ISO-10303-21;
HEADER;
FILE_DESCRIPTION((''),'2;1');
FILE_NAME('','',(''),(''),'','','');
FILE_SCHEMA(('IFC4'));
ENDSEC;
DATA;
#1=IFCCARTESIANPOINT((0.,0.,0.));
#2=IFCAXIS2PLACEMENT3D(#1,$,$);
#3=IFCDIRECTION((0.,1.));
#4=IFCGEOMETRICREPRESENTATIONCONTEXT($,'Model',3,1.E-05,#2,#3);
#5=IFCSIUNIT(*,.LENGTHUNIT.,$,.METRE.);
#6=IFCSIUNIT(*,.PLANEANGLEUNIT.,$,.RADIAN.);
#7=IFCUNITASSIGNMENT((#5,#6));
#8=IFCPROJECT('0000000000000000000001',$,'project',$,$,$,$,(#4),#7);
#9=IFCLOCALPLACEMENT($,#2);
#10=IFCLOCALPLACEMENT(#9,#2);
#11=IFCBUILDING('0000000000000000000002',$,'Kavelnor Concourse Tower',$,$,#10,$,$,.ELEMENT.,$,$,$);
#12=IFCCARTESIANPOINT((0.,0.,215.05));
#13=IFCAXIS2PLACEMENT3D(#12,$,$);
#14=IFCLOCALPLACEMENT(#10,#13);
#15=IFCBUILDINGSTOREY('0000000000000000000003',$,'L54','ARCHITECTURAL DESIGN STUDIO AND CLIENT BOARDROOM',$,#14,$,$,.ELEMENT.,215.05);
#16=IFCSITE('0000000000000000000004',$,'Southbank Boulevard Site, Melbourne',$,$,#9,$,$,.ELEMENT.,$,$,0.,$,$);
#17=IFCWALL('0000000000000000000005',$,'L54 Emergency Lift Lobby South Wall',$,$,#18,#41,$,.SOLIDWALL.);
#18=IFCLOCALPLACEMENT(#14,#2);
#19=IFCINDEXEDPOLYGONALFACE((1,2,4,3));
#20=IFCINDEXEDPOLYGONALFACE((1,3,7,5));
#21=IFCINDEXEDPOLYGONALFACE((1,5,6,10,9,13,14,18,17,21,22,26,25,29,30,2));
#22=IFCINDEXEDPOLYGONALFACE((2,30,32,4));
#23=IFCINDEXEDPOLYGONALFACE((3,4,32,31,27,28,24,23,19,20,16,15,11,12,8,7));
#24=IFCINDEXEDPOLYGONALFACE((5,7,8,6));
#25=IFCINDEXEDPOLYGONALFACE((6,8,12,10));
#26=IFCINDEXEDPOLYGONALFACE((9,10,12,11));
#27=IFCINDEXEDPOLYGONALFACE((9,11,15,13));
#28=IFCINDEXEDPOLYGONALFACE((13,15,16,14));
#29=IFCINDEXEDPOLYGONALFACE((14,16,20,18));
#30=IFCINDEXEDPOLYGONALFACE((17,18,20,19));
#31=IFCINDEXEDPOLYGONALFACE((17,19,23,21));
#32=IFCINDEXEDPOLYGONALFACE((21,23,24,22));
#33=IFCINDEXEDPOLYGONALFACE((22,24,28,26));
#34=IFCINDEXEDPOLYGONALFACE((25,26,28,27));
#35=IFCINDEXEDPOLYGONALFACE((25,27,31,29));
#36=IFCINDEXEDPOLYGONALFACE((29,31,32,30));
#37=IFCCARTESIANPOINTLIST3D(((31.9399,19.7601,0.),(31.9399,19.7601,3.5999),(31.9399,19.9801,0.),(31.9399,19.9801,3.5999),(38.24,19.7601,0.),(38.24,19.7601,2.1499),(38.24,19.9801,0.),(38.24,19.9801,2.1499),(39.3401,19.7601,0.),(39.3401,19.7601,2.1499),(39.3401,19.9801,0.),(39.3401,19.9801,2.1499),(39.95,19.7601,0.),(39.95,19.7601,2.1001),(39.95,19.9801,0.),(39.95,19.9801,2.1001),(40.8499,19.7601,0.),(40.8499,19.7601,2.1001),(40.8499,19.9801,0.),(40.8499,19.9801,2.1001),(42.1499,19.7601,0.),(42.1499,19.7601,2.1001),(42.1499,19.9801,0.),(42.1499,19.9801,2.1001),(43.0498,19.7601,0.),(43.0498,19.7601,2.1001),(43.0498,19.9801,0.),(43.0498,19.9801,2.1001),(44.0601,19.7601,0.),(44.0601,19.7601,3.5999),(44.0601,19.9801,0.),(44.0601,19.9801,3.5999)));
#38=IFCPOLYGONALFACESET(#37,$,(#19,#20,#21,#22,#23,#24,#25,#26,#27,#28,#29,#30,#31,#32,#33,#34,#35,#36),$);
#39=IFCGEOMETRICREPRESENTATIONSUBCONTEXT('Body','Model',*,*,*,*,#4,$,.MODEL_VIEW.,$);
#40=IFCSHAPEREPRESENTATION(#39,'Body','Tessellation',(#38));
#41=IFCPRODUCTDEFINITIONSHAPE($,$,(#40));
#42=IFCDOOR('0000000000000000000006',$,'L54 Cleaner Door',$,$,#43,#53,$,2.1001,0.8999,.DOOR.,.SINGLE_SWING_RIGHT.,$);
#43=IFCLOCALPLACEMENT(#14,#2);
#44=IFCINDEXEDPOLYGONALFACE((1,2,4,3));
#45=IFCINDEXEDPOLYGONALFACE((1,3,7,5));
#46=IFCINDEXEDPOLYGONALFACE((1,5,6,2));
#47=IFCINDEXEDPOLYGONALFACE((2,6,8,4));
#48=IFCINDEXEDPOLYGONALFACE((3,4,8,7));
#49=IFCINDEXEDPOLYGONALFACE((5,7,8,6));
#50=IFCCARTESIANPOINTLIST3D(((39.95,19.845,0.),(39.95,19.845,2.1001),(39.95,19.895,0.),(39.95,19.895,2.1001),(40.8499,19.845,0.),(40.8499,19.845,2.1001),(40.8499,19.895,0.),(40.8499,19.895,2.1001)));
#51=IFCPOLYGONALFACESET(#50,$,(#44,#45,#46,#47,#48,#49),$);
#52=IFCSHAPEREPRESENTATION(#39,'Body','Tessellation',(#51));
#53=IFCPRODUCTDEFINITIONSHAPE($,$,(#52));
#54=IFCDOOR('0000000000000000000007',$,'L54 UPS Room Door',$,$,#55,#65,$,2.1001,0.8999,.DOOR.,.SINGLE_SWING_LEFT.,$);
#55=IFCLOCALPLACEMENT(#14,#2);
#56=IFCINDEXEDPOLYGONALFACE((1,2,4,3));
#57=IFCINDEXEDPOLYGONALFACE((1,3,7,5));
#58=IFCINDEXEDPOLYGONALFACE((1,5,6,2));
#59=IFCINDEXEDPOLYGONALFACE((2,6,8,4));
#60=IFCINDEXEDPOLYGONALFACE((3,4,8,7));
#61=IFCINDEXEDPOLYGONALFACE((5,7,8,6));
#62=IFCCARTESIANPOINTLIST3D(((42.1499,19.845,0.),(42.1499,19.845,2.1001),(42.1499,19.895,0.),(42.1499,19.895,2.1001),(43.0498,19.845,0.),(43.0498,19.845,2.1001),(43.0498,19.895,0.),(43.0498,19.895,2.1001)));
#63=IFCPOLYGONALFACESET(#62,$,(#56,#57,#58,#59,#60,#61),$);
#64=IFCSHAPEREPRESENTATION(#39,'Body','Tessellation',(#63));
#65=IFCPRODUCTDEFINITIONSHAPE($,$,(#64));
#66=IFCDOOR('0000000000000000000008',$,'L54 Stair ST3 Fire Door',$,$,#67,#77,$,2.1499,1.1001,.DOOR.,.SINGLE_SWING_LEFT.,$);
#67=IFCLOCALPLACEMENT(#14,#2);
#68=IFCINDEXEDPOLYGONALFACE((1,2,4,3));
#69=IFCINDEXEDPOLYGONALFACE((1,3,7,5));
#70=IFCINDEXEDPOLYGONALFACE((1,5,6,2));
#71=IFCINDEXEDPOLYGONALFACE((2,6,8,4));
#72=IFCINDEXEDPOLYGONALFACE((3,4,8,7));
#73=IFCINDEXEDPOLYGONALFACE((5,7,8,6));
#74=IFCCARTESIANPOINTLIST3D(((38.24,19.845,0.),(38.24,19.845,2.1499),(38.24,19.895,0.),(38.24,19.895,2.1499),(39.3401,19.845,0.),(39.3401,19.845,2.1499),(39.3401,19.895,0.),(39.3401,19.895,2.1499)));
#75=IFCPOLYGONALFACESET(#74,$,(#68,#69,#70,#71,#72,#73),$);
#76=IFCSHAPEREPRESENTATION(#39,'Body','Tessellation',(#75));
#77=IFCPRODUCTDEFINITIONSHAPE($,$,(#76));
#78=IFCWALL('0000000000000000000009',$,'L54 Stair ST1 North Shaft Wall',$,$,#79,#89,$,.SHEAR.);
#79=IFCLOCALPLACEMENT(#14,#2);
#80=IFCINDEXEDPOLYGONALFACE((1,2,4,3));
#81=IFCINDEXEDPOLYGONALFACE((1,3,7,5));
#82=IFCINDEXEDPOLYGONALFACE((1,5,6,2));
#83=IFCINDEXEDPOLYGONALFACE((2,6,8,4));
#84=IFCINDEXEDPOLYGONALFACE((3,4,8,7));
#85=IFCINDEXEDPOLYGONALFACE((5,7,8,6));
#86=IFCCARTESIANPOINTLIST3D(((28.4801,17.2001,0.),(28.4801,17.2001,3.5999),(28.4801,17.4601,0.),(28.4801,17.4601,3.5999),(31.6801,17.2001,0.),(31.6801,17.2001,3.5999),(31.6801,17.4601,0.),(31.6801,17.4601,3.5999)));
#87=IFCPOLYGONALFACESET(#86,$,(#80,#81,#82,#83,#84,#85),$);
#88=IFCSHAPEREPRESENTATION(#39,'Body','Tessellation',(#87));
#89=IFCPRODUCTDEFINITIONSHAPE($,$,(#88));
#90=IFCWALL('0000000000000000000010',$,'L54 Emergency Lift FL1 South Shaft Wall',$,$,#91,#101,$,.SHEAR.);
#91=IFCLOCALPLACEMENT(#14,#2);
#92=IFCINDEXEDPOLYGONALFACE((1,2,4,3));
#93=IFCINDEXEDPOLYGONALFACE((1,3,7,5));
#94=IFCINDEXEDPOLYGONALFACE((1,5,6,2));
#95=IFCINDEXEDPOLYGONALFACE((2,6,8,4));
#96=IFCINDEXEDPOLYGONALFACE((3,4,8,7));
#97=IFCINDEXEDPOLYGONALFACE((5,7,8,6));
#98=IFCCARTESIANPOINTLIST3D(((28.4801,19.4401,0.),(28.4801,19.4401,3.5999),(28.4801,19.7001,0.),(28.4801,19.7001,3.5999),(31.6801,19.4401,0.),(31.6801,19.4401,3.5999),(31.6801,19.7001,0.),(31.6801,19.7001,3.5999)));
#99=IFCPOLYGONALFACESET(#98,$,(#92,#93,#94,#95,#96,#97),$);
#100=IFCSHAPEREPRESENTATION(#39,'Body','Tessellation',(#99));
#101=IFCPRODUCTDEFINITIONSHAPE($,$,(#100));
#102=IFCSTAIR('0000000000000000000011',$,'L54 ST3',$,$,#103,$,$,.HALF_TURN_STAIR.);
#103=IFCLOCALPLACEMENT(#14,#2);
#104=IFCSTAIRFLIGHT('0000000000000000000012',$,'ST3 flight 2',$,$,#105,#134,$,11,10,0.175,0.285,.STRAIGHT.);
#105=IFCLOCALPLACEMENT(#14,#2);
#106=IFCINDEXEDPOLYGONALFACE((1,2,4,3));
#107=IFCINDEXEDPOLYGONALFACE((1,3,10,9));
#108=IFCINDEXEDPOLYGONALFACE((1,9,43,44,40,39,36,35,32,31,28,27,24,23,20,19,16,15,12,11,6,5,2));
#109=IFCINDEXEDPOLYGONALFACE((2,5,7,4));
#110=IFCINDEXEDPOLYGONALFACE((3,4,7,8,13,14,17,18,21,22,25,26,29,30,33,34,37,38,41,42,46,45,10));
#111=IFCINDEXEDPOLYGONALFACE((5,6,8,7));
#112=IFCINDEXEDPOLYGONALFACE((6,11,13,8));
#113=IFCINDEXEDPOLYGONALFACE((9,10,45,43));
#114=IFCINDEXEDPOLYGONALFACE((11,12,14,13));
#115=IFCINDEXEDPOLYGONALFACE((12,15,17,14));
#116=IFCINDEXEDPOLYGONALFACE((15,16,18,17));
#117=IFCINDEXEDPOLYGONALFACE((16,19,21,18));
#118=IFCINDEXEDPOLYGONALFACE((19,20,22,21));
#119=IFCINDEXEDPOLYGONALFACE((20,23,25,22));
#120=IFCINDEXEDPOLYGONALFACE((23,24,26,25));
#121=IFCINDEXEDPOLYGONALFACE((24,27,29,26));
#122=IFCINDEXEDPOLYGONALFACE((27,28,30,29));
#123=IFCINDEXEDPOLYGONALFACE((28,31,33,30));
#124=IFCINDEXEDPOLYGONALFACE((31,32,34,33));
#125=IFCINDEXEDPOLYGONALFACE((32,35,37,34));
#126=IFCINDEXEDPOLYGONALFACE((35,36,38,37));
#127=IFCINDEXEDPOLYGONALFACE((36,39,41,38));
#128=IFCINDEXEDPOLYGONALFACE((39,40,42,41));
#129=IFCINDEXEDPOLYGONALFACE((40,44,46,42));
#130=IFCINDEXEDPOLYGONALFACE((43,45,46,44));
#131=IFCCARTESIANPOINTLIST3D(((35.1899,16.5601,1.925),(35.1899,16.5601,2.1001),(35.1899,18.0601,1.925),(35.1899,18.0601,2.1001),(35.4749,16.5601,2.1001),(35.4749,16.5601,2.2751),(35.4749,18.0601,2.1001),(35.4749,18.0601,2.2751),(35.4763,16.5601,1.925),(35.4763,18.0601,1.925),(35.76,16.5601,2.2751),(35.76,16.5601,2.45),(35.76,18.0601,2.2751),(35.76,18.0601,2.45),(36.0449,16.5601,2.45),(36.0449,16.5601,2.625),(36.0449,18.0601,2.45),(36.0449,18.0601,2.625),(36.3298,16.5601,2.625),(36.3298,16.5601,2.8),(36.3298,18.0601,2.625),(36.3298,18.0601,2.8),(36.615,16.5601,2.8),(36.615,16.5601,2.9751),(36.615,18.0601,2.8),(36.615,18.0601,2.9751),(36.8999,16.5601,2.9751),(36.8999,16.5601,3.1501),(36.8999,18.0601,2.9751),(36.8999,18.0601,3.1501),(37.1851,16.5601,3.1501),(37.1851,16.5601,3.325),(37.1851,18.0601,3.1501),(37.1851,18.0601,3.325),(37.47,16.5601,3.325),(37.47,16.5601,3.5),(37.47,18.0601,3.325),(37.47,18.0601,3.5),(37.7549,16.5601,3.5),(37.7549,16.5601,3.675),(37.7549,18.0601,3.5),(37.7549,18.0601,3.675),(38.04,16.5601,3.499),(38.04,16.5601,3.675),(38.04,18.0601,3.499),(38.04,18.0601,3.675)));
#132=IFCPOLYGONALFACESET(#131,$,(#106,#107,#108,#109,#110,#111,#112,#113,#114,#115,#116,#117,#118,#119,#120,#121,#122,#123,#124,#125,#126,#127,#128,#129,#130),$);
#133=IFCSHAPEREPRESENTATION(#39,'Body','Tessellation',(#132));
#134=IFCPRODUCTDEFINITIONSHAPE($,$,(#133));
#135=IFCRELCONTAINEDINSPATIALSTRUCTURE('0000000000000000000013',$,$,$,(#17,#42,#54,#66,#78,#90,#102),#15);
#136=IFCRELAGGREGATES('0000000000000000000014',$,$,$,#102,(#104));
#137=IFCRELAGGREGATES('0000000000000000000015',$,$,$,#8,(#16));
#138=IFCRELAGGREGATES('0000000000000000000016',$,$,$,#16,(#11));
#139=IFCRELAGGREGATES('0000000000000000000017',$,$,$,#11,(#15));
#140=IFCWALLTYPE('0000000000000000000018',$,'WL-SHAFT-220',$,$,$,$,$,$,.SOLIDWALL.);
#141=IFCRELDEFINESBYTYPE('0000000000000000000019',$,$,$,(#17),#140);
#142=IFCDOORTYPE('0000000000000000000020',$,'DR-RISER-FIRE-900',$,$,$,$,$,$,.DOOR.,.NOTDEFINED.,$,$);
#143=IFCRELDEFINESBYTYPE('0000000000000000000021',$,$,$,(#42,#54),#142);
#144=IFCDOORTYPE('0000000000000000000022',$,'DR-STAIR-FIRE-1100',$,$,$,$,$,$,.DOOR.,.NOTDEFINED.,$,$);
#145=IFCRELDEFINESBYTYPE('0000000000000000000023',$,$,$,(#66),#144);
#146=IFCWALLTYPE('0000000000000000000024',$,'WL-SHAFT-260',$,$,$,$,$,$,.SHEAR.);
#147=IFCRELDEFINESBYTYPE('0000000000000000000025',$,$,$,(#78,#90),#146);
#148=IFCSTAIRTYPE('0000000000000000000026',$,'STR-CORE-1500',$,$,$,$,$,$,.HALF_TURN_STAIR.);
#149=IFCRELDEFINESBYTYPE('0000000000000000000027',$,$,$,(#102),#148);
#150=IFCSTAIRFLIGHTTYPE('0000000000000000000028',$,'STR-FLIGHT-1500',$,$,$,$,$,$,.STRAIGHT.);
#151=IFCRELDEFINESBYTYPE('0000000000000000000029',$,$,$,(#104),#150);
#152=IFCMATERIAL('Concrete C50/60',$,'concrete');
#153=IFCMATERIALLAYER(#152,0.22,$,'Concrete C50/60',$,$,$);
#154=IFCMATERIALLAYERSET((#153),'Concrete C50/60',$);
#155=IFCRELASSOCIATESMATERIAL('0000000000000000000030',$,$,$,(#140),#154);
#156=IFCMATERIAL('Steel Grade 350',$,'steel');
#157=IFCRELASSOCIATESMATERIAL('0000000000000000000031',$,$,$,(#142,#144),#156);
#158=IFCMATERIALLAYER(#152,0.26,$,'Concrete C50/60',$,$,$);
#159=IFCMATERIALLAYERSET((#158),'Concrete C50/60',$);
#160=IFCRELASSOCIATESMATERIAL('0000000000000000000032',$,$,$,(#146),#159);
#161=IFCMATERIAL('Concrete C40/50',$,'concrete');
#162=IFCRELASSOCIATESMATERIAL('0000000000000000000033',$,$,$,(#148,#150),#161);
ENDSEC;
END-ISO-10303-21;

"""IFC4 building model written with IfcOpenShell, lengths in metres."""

from ifc_helpers import new_model, si_unit, direction, frame, frame_2d, origin, place, context, subcontext, project, spatial, polyline, rectangle, outline, extrude, material, layer, layer_set, type_object, element, fill, aggregate, save


model = new_model("IFC4")

# Units and contexts
model_context = context("Model", 3, precision=1e-05, world=origin(), true_north=direction((0.0, 1.0)))
body_context = subcontext(model_context, "Body", "Model", "MODEL_VIEW")
ifc_project = project(units=[si_unit("LENGTHUNIT", "METRE"), si_unit("PLANEANGLEUNIT", "RADIAN")], contexts=[model_context])

# Site, building, storey
site_placement = place(None, origin())
site = spatial("IfcSite", under=ifc_project, at=site_placement, Name="Southbank Boulevard Site, Melbourne", CompositionType="ELEMENT", RefElevation=0.0)
building_placement = place(site_placement, origin())
building = spatial("IfcBuilding", under=site, at=building_placement, Name="Kavelnor Concourse Tower", CompositionType="ELEMENT")
storey_placement = place(building_placement, frame((0.0, 0.0, 215.05)))
storey = spatial("IfcBuildingStorey", under=building, at=storey_placement, Name="L54", Description="ARCHITECTURAL DESIGN STUDIO AND CLIENT BOARDROOM", CompositionType="ELEMENT", Elevation=215.05)

# Shared definitions
ifc_material_1 = material(Name="Steel Grade 350", Category="steel")

# Shared definitions
ifc_material_2 = material(Name="Concrete C50/60", Category="concrete")

# Wall, openings, doors
ifc_layer_1 = layer(ifc_material_2, 0.22, Name="Concrete C50/60")
ifc_layer_set_1 = layer_set([ifc_layer_1], Name="Concrete C50/60")
wall_type_1 = type_object("IfcWallType", Name="WL-SHAFT-220", PredefinedType="SOLIDWALL", material=ifc_layer_set_1)
wall_1_placement = place(storey_placement, frame((31.9399, 19.8701, 0.0), z_axis=(0.0, 0.0, 1.0), x_axis=(1.0, 0.0, 0.0)))
wall_1 = element("IfcWall", 1, at=wall_1_placement, inside=storey, type_object=wall_type_1, Name="L54 Emergency Lift Lobby South Wall", PredefinedType="SOLIDWALL", context=body_context, shape_type="SweptSolid", body=[
    extrude(rectangle(XDim=12.1201, YDim=0.22, at=frame_2d((6.0601, 0.0))), origin(), (0.0, 0.0, 1.0), 3.5999),
])
opening_1_placement = place(wall_1_placement, frame((6.3, 0.0, 0.0)))
opening_1 = element("IfcOpeningElement", 2, at=opening_1_placement, cuts=wall_1, PredefinedType="OPENING", context=body_context, shape_type="SweptSolid", body=[
    extrude(rectangle(XDim=1.1001, YDim=2.1499, at=frame_2d((0.55, 1.075))), frame((0.0, 0.1201, 0.0), z_axis=(0.0, -1.0, 0.0), x_axis=(1.0, 0.0, 0.0)), (0.0, 0.0, 1.0), 0.24),
])
opening_2_placement = place(wall_1_placement, frame((8.01, 0.0, 0.0)))
opening_2 = element("IfcOpeningElement", 3, at=opening_2_placement, cuts=wall_1, PredefinedType="OPENING", context=body_context, shape_type="SweptSolid", body=[
    extrude(rectangle(XDim=0.8999, YDim=2.1001, at=frame_2d((0.45, 1.05))), frame((0.0, 0.1201, 0.0), z_axis=(0.0, -1.0, 0.0), x_axis=(1.0, 0.0, 0.0)), (0.0, 0.0, 1.0), 0.24),
])
opening_3_placement = place(wall_1_placement, frame((10.21, 0.0, 0.0)))
opening_3 = element("IfcOpeningElement", 4, at=opening_3_placement, cuts=wall_1, PredefinedType="OPENING", context=body_context, shape_type="SweptSolid", body=[
    extrude(rectangle(XDim=0.8999, YDim=2.1001, at=frame_2d((0.45, 1.05))), frame((0.0, 0.1201, 0.0), z_axis=(0.0, -1.0, 0.0), x_axis=(1.0, 0.0, 0.0)), (0.0, 0.0, 1.0), 0.24),
])
door_type_1 = type_object("IfcDoorType", Name="DR-RISER-FIRE-900", OperationType="NOTDEFINED", PredefinedType="DOOR", material=ifc_material_1)
door_1_placement = place(opening_2_placement, origin())
door_1 = element("IfcDoor", 5, at=door_1_placement, inside=storey, type_object=door_type_1, Name="L54 Cleaner Door", OperationType="SINGLE_SWING_RIGHT", OverallHeight=2.1001, OverallWidth=0.8999, PredefinedType="DOOR", context=body_context, shape_type="SweptSolid", body=[
    extrude(rectangle(XDim=0.8999, YDim=2.1001, at=frame_2d((0.45, 1.05))), frame((0.0, 0.0249, 0.0), z_axis=(0.0, -1.0, 0.0), x_axis=(1.0, 0.0, 0.0)), (0.0, 0.0, 1.0), 0.05),
])
fill(opening_2, door_1)
door_2_placement = place(opening_3_placement, origin())
door_2 = element("IfcDoor", 6, at=door_2_placement, inside=storey, type_object=door_type_1, Name="L54 UPS Room Door", OperationType="SINGLE_SWING_LEFT", OverallHeight=2.1001, OverallWidth=0.8999, PredefinedType="DOOR", context=body_context, shape_type="SweptSolid", body=[
    extrude(rectangle(XDim=0.8999, YDim=2.1001, at=frame_2d((0.45, 1.05))), frame((0.0, 0.0249, 0.0), z_axis=(0.0, -1.0, 0.0), x_axis=(1.0, 0.0, 0.0)), (0.0, 0.0, 1.0), 0.05),
])
fill(opening_3, door_2)
door_type_2 = type_object("IfcDoorType", Name="DR-STAIR-FIRE-1100", OperationType="NOTDEFINED", PredefinedType="DOOR", material=ifc_material_1)
door_3_placement = place(opening_1_placement, origin())
door_3 = element("IfcDoor", 7, at=door_3_placement, inside=storey, type_object=door_type_2, Name="L54 Stair ST3 Fire Door", OperationType="SINGLE_SWING_LEFT", OverallHeight=2.1499, OverallWidth=1.1001, PredefinedType="DOOR", context=body_context, shape_type="SweptSolid", body=[
    extrude(rectangle(XDim=1.1001, YDim=2.1499, at=frame_2d((0.55, 1.075))), frame((0.0, 0.0249, 0.0), z_axis=(0.0, -1.0, 0.0), x_axis=(1.0, 0.0, 0.0)), (0.0, 0.0, 1.0), 0.05),
])
fill(opening_1, door_3)

# Walls
ifc_layer_2 = layer(ifc_material_2, 0.26, Name="Concrete C50/60")
ifc_layer_set_2 = layer_set([ifc_layer_2], Name="Concrete C50/60")
wall_type_2 = type_object("IfcWallType", Name="WL-SHAFT-260", PredefinedType="SHEAR", material=ifc_layer_set_2)
for number, where, z_axis, x_axis, name in (
    (8, (28.48, 17.3301, 0.0), (0.0, 0.0, 1.0), (1.0, 0.0, 0.0), "L54 Stair ST1 North Shaft Wall"),
    (9, (28.48, 19.5701, 0.0), (0.0, 0.0, 1.0), (1.0, 0.0, 0.0), "L54 Emergency Lift FL1 South Shaft Wall"),
):
    element("IfcWall", number, at=place(storey_placement, frame(where, z_axis=z_axis, x_axis=x_axis)), inside=storey, type_object=wall_type_2, Name=name, PredefinedType="SHEAR", context=body_context, shape_type="SweptSolid", body=[
        extrude(rectangle(XDim=3.2, YDim=0.26, at=frame_2d((1.6001, 0.0))), origin(), (0.0, 0.0, 1.0), 3.5999),
    ])

# Stair, stair flight
ifc_material_3 = material(Name="Concrete C40/50", Category="concrete")
stair_type = type_object("IfcStairType", Name="STR-CORE-1500", PredefinedType="HALF_TURN_STAIR", material=ifc_material_3)
stair_placement = place(storey_placement, origin())
stair = element("IfcStair", 10, at=stair_placement, inside=storey, type_object=stair_type, Name="L54 ST3", PredefinedType="HALF_TURN_STAIR")
stair_flight_type = type_object("IfcStairFlightType", Name="STR-FLIGHT-1500", PredefinedType="STRAIGHT", material=ifc_material_3)
stair_flight_placement = place(storey_placement, frame((35.1899, 17.3101, 1.925), z_axis=(0.0, 0.0, 1.0), x_axis=(1.0, 0.0, 0.0)))
stair_flight = element("IfcStairFlight", 11, at=stair_flight_placement, type_object=stair_flight_type, Name="ST3 flight 2", NumberOfRisers=11, NumberOfTreads=10, PredefinedType="STRAIGHT", RiserHeight=0.175, TreadLength=0.285, context=body_context, shape_type="SweptSolid", body=[
    extrude(outline(polyline([(0.0, 0.0), (0.0, 0.175), (0.2849, 0.175), (0.2849, 0.3501), (0.5701, 0.3501), (0.5701, 0.5249), (0.855, 0.5249), (0.855, 0.7), (1.1399, 0.7), (1.1399, 0.875), (1.425, 0.875), (1.425, 1.05), (1.71, 1.05), (1.71, 1.2251), (1.9951, 1.2251), (1.9951, 1.3999), (2.28, 1.3999), (2.28, 1.575), (2.5649, 1.575), (2.5649, 1.75), (2.8501, 1.75), (2.8501, 1.925), (2.8501, 1.574), (0.2864, 0.0), (0.0, 0.0)])), frame((0.0, 0.75, 0.0), z_axis=(0.0, -1.0, 0.0), x_axis=(1.0, 0.0, 0.0)), (0.0, 0.0, 1.0), 1.5),
])
aggregate(stair, [stair_flight])

save(model, "model.ifc")
